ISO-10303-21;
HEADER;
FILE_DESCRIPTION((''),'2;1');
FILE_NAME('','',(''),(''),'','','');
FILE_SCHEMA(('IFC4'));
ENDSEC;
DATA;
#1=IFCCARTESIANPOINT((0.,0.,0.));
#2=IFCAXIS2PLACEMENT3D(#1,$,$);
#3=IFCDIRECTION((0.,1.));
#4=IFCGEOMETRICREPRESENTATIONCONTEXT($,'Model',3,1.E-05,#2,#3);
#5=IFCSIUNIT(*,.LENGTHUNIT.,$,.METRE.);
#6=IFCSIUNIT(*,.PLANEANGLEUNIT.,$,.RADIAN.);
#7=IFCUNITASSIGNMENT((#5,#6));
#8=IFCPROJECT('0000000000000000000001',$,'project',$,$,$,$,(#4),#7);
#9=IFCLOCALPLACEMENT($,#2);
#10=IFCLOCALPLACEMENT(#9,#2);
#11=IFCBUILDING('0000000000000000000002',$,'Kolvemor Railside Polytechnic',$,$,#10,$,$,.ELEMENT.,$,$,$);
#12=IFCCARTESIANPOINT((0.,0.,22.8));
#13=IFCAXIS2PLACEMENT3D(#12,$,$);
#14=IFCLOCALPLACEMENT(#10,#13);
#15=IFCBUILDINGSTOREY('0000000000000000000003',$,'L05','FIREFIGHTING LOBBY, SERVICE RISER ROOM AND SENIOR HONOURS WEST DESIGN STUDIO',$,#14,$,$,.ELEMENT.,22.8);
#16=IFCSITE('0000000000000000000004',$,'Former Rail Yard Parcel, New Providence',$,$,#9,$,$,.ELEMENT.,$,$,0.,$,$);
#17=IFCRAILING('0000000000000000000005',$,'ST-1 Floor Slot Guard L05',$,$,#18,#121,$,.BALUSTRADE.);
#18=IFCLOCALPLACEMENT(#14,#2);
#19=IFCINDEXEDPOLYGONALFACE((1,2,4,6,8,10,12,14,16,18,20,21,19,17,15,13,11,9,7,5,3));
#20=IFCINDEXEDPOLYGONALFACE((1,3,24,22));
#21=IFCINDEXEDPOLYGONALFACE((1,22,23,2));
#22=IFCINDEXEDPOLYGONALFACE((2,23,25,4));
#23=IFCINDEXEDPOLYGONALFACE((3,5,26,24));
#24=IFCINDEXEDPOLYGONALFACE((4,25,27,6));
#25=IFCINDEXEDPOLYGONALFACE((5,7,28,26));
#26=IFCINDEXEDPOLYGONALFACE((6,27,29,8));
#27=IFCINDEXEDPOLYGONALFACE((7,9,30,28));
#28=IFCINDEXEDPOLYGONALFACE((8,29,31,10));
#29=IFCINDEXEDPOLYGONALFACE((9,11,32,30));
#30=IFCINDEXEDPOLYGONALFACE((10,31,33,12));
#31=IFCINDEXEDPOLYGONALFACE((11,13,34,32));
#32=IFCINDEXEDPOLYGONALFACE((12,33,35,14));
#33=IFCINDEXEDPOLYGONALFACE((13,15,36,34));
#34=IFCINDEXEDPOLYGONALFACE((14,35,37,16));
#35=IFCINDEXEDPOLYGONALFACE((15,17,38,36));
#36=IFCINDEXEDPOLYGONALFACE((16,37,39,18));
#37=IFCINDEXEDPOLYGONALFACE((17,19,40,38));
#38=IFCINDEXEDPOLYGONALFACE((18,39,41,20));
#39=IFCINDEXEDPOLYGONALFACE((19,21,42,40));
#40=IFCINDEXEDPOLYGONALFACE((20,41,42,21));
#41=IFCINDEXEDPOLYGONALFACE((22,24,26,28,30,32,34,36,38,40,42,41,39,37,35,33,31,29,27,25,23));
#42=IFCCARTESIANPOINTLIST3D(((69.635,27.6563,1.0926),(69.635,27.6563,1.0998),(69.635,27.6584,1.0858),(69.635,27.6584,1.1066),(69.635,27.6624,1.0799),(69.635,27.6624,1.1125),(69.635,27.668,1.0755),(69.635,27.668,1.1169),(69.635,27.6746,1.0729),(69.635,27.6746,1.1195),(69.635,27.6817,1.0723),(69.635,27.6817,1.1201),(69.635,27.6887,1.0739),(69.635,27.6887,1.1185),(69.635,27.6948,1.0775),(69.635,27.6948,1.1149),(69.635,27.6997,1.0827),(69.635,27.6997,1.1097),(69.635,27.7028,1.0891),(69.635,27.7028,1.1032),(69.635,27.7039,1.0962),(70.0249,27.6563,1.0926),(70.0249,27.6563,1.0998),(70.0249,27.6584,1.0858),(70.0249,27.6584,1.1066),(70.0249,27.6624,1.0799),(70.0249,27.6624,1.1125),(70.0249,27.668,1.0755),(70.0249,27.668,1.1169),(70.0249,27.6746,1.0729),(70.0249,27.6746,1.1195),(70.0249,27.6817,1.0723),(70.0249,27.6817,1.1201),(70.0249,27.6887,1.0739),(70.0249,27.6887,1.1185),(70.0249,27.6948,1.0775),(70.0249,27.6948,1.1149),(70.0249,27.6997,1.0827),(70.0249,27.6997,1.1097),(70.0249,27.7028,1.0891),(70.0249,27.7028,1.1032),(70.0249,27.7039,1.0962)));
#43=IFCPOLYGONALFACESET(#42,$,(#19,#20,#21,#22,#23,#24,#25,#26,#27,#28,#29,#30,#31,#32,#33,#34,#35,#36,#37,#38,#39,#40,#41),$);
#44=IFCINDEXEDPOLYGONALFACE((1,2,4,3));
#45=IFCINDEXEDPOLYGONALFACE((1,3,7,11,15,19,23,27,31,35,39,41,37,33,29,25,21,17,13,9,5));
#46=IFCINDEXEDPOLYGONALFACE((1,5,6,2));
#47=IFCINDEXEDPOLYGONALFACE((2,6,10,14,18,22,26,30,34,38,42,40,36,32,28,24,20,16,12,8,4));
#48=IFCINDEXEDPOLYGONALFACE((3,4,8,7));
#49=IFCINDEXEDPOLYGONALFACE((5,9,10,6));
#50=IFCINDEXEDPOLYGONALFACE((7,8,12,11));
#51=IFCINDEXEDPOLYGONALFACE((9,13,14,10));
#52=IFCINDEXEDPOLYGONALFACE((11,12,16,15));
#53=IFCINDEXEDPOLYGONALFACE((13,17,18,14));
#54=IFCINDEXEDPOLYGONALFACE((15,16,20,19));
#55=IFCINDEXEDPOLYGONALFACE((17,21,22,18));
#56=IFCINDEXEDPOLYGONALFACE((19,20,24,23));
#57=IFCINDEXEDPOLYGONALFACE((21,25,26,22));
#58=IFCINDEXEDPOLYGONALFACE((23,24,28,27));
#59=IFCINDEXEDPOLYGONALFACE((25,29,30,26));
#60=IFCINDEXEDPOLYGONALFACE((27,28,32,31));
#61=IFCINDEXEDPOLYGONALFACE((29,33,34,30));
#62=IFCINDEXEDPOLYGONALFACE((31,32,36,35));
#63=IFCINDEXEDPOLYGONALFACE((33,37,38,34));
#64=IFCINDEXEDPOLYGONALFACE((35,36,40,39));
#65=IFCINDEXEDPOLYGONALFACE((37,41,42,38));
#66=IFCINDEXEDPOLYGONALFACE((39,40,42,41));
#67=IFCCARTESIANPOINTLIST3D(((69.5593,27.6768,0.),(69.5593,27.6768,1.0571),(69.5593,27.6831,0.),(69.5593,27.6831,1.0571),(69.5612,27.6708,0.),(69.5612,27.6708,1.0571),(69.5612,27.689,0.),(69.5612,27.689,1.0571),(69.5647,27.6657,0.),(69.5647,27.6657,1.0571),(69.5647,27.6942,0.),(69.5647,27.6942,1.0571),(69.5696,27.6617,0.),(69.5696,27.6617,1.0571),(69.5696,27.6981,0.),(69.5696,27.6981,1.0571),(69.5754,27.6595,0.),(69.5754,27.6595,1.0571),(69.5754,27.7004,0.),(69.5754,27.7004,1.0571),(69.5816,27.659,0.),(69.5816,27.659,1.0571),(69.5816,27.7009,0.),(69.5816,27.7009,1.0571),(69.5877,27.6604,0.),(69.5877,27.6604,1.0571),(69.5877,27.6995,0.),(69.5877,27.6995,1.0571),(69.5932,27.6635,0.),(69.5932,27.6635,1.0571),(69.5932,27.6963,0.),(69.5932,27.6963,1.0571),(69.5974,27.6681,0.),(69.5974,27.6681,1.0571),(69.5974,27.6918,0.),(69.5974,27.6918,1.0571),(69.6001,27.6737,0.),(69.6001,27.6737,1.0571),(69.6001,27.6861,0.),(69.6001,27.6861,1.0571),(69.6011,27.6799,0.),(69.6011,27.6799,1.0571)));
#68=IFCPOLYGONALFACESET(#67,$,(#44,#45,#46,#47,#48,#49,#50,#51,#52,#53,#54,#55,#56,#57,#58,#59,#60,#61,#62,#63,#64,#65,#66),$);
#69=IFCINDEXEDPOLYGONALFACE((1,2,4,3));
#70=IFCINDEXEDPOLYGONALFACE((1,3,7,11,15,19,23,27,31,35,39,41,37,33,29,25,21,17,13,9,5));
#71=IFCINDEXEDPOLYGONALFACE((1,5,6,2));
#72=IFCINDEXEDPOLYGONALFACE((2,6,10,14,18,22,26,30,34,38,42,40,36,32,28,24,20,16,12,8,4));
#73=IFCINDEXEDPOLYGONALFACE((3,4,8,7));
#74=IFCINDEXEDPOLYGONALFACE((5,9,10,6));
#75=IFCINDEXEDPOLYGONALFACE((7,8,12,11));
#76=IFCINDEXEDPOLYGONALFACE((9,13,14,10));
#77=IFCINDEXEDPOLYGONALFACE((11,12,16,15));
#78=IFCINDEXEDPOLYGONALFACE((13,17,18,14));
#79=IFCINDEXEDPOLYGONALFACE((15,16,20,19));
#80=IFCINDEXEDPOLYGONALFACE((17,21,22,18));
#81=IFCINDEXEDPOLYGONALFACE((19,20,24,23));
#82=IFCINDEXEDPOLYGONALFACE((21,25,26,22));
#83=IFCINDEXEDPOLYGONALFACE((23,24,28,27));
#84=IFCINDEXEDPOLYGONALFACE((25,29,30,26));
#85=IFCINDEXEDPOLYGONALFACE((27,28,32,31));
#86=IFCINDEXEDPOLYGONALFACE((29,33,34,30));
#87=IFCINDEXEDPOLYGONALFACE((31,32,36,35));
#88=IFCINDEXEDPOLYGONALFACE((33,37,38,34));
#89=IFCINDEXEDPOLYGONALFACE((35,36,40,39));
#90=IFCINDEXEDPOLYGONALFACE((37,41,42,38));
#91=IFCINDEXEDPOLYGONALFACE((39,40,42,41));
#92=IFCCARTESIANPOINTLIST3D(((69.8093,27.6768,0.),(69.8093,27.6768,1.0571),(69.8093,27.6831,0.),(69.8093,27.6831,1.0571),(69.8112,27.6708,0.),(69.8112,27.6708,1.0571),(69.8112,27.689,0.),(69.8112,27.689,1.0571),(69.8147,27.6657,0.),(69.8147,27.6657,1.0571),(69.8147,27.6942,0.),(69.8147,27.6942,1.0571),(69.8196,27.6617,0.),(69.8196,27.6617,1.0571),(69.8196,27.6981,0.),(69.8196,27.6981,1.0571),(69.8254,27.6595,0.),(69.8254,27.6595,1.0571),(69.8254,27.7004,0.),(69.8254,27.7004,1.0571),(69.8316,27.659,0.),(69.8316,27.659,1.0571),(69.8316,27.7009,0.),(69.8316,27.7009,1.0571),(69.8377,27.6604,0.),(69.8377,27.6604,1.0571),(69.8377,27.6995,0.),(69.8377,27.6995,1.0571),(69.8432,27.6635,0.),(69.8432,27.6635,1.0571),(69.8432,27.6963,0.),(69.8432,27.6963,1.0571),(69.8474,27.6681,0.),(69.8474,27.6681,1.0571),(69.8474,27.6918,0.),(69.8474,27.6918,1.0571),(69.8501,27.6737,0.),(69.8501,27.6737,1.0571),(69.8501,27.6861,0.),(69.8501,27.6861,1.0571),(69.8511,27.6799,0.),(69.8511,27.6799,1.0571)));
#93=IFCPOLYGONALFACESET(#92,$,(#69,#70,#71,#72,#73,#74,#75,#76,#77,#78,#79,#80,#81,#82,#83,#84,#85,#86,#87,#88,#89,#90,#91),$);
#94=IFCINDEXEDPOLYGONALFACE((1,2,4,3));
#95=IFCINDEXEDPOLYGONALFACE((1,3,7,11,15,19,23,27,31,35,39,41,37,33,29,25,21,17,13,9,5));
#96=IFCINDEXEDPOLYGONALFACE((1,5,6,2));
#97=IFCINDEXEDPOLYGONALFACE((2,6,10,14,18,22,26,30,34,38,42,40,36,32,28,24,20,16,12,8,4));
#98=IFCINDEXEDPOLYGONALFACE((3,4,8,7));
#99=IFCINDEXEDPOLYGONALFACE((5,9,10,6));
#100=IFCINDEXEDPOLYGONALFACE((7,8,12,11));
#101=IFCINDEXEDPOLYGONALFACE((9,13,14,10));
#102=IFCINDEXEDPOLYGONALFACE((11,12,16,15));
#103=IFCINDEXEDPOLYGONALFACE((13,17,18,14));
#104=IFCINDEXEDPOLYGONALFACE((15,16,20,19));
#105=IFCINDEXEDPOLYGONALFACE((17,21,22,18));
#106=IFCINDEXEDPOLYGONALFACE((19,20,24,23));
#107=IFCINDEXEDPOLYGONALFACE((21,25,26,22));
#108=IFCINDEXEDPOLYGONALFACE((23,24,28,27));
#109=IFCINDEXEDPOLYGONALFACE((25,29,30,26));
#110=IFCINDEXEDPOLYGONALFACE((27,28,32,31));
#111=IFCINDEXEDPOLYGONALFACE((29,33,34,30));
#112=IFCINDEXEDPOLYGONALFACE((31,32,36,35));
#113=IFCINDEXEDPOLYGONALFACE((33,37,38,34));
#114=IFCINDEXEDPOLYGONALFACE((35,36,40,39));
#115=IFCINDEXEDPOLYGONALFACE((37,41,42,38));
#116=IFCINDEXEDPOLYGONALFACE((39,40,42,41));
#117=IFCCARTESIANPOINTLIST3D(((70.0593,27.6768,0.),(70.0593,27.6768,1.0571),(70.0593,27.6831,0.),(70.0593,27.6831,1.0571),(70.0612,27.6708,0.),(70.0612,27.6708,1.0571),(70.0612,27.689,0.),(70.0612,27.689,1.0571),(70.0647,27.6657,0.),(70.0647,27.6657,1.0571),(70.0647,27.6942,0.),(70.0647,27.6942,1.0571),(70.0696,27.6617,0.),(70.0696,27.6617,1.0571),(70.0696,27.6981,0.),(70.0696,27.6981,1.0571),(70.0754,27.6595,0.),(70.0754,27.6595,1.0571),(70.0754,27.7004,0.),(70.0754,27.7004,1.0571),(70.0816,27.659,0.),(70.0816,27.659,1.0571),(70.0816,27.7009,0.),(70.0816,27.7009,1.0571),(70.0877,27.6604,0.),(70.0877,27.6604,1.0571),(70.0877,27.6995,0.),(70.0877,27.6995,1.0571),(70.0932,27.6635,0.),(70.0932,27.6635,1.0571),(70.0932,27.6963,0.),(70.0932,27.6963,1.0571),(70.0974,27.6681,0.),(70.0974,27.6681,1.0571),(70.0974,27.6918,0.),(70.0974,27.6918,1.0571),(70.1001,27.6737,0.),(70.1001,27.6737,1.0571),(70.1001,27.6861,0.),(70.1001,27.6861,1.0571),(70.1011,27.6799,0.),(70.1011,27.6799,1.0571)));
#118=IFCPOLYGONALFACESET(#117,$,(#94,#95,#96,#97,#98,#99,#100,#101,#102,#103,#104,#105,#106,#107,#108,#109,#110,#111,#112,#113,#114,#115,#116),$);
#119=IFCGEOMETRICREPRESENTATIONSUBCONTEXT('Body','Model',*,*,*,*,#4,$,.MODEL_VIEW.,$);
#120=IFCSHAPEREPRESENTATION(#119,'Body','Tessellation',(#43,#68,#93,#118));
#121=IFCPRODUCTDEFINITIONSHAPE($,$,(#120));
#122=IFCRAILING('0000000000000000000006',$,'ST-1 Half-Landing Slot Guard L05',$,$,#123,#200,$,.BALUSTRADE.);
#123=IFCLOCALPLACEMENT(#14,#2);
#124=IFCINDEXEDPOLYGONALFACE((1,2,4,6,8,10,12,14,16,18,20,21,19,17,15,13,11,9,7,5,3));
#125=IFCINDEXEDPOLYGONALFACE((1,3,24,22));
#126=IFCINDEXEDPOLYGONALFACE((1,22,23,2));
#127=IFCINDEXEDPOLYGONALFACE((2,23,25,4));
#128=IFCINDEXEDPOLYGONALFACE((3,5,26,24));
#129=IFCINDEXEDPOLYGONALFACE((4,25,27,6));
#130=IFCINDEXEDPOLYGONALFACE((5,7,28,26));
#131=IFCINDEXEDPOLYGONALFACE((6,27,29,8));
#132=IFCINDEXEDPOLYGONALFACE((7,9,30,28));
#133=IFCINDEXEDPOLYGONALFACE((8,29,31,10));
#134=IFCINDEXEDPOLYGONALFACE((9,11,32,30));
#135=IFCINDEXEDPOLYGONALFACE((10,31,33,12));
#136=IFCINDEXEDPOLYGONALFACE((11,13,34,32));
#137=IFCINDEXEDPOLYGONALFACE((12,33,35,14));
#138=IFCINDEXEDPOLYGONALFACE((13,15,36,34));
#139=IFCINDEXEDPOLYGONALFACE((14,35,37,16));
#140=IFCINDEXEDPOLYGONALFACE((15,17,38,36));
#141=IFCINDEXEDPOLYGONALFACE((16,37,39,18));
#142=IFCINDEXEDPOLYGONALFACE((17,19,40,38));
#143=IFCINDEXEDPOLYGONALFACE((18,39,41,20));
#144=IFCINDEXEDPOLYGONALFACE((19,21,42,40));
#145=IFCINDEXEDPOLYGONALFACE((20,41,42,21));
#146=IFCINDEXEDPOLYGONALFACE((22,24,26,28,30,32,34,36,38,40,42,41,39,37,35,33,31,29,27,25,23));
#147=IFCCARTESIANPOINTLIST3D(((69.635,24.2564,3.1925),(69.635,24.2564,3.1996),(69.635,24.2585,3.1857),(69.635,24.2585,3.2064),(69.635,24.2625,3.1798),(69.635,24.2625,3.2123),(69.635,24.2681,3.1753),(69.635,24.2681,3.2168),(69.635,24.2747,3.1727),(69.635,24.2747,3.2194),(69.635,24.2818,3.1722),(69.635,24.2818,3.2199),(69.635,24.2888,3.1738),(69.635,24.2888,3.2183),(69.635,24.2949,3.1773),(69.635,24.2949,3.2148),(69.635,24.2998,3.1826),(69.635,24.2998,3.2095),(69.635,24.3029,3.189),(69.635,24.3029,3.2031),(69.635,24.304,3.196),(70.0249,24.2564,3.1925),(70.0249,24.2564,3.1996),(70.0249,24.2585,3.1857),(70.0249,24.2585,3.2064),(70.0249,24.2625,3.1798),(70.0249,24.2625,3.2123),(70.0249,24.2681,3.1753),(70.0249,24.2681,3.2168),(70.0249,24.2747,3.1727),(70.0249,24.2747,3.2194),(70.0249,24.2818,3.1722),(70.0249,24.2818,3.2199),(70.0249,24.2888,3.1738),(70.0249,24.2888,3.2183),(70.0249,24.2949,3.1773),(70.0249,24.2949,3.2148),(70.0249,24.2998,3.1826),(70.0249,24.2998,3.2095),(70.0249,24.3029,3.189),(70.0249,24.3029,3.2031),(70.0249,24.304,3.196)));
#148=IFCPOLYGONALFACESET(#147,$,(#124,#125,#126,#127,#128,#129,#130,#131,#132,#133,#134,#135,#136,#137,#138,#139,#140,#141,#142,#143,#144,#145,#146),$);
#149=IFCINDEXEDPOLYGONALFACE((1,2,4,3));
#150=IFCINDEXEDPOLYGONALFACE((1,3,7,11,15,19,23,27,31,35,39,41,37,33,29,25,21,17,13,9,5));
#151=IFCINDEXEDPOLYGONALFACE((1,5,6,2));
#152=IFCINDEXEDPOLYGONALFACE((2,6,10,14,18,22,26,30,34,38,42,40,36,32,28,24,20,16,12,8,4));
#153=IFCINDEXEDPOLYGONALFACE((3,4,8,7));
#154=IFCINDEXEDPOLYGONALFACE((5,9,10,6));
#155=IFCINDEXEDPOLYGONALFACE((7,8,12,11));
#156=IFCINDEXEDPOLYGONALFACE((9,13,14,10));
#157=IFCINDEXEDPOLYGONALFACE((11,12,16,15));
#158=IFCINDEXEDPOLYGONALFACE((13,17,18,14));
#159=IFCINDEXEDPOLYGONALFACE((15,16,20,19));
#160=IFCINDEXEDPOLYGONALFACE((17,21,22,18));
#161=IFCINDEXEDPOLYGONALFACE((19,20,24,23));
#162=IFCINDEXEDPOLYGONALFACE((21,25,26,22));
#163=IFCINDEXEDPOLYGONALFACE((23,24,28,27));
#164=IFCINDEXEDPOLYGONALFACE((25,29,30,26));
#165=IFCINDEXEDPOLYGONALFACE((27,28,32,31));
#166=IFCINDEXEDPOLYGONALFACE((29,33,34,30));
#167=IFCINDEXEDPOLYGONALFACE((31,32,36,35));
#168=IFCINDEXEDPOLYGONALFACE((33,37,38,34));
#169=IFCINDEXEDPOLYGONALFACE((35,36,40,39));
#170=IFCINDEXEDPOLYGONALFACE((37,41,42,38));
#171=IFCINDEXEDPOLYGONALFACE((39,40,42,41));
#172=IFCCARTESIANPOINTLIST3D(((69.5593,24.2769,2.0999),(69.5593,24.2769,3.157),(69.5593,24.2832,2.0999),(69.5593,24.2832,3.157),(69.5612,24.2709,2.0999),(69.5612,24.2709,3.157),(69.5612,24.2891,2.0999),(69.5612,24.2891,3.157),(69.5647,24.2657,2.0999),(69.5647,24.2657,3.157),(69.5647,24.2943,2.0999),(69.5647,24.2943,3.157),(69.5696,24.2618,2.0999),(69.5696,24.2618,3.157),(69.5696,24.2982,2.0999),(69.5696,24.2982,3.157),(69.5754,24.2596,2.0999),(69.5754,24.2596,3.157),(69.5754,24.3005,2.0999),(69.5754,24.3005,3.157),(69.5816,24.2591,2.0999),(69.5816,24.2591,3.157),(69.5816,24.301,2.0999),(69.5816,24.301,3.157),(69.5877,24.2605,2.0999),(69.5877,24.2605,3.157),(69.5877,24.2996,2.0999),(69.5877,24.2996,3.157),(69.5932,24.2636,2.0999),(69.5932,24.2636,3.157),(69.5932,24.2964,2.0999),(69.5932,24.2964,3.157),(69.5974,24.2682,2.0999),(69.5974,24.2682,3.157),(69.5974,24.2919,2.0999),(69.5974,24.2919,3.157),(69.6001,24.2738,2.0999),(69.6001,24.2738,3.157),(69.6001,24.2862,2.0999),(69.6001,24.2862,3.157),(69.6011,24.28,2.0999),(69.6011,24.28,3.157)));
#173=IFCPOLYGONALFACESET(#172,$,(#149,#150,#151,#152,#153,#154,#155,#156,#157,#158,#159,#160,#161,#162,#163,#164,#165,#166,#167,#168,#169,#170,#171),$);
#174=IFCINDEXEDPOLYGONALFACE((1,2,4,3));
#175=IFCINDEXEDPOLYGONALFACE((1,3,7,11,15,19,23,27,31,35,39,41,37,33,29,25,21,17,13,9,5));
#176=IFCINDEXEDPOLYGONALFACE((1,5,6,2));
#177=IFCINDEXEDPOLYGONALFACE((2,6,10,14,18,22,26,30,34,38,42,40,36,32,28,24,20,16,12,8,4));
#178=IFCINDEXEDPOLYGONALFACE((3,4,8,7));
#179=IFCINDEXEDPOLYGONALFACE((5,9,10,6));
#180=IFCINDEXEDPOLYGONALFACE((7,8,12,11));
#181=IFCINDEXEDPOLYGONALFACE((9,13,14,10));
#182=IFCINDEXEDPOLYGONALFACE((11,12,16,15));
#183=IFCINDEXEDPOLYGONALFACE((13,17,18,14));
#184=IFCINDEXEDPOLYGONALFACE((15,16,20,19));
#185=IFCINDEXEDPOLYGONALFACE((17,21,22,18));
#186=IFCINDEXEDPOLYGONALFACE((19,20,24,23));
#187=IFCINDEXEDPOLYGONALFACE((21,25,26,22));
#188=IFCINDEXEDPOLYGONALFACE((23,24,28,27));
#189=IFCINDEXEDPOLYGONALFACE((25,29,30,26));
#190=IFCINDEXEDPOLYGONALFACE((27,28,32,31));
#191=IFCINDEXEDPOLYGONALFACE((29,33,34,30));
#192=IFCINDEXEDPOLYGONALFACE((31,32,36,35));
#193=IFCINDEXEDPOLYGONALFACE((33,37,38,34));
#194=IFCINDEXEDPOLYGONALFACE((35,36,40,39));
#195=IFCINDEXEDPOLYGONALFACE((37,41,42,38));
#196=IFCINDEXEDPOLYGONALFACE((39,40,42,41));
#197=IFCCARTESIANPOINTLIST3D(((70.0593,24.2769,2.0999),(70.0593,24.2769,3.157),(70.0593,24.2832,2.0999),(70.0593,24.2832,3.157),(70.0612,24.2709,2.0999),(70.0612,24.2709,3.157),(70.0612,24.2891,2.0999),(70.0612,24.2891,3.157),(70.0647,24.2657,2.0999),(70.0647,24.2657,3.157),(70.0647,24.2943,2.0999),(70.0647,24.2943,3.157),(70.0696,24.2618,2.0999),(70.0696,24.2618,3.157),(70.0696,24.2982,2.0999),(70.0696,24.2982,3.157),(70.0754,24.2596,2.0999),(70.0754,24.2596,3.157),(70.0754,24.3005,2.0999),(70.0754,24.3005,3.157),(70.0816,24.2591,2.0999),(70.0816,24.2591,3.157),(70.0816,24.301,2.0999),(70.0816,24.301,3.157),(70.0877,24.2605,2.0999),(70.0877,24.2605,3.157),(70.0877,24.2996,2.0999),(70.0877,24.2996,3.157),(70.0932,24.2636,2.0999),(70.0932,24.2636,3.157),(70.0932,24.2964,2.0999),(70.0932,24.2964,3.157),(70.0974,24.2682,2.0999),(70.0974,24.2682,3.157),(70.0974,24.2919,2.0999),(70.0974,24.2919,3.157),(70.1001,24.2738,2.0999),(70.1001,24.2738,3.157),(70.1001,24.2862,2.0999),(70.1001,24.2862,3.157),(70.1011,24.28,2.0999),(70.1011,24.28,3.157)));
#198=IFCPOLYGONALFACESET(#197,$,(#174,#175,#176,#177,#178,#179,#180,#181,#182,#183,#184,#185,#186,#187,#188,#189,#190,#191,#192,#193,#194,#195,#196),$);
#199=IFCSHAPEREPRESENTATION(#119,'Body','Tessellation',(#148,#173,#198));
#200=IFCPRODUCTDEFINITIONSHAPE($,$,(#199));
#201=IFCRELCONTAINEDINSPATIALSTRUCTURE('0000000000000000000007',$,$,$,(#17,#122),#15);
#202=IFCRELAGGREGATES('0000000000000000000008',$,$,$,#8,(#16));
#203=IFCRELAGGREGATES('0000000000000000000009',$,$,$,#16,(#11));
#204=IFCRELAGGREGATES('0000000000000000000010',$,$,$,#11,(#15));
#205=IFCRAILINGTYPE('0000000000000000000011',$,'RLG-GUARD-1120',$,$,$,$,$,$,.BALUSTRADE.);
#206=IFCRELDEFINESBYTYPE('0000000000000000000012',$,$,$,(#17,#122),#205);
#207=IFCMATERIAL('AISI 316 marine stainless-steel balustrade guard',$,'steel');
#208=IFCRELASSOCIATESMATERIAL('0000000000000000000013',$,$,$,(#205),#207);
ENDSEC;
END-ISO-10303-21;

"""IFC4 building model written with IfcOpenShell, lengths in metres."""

from ifc_helpers import new_model, si_unit, direction, frame, origin, origin_2d, place, context, subcontext, project, spatial, circle, extrude, material, type_object, element, save


model = new_model("IFC4")

# Units and contexts
model_context = context("Model", 3, precision=1e-05, world=origin(), true_north=direction((0.0, 1.0)))
body_context = subcontext(model_context, "Body", "Model", "MODEL_VIEW")
ifc_project = project(units=[si_unit("LENGTHUNIT", "METRE"), si_unit("PLANEANGLEUNIT", "RADIAN")], contexts=[model_context])

# Site, building, storey
site_placement = place(None, origin())
site = spatial("IfcSite", under=ifc_project, at=site_placement, Name="Former Rail Yard Parcel, New Providence", CompositionType="ELEMENT", RefElevation=0.0)
building_placement = place(site_placement, origin())
building = spatial("IfcBuilding", under=site, at=building_placement, Name="Kolvemor Railside Polytechnic", CompositionType="ELEMENT")
storey_placement = place(building_placement, frame((0.0, 0.0, 22.8)))
storey = spatial("IfcBuildingStorey", under=building, at=storey_placement, Name="L05", Description="FIREFIGHTING LOBBY, SERVICE RISER ROOM AND SENIOR HONOURS WEST DESIGN STUDIO", CompositionType="ELEMENT", Elevation=22.8)

# Railings
ifc_material_1 = material(Name="AISI 316 marine stainless-steel balustrade guard", Category="steel")
railing_type_1 = type_object("IfcRailingType", Name="RLG-GUARD-1120", PredefinedType="BALUSTRADE", material=ifc_material_1)
railing_1_placement = place(storey_placement, frame((69.5801, 27.6799, 0.0)))
element("IfcRailing", 1, at=railing_1_placement, inside=storey, type_object=railing_type_1, Name="ST-1 Floor Slot Guard L05", PredefinedType="BALUSTRADE", context=body_context, shape_type="SweptSolid", body=[
    extrude(circle(Radius=0.0239, at=origin_2d()), frame((0.0549, 0.0, 1.0962), z_axis=(1.0, 0.0, 0.0), x_axis=(0.0, 1.0, 0.0)), (0.0, 0.0, 1.0), 0.3899),
    extrude(circle(Radius=0.021, at=origin_2d()), origin(), (0.0, 0.0, 1.0), 1.0571),
    extrude(circle(Radius=0.021, at=origin_2d()), frame((0.25, 0.0, 0.0)), (0.0, 0.0, 1.0), 1.0571),
    extrude(circle(Radius=0.021, at=origin_2d()), frame((0.5, 0.0, 0.0)), (0.0, 0.0, 1.0), 1.0571),
])
railing_2_placement = place(storey_placement, frame((69.5801, 24.28, 2.0999)))
element("IfcRailing", 2, at=railing_2_placement, inside=storey, type_object=railing_type_1, Name="ST-1 Half-Landing Slot Guard L05", PredefinedType="BALUSTRADE", context=body_context, shape_type="SweptSolid", body=[
    extrude(circle(Radius=0.0239, at=origin_2d()), frame((0.0549, 0.0, 1.0962), z_axis=(1.0, 0.0, 0.0), x_axis=(0.0, 1.0, 0.0)), (0.0, 0.0, 1.0), 0.3899),
    extrude(circle(Radius=0.021, at=origin_2d()), origin(), (0.0, 0.0, 1.0), 1.0571),
    extrude(circle(Radius=0.021, at=origin_2d()), frame((0.5, 0.0, 0.0)), (0.0, 0.0, 1.0), 1.0571),
])

save(model, "model.ifc")
